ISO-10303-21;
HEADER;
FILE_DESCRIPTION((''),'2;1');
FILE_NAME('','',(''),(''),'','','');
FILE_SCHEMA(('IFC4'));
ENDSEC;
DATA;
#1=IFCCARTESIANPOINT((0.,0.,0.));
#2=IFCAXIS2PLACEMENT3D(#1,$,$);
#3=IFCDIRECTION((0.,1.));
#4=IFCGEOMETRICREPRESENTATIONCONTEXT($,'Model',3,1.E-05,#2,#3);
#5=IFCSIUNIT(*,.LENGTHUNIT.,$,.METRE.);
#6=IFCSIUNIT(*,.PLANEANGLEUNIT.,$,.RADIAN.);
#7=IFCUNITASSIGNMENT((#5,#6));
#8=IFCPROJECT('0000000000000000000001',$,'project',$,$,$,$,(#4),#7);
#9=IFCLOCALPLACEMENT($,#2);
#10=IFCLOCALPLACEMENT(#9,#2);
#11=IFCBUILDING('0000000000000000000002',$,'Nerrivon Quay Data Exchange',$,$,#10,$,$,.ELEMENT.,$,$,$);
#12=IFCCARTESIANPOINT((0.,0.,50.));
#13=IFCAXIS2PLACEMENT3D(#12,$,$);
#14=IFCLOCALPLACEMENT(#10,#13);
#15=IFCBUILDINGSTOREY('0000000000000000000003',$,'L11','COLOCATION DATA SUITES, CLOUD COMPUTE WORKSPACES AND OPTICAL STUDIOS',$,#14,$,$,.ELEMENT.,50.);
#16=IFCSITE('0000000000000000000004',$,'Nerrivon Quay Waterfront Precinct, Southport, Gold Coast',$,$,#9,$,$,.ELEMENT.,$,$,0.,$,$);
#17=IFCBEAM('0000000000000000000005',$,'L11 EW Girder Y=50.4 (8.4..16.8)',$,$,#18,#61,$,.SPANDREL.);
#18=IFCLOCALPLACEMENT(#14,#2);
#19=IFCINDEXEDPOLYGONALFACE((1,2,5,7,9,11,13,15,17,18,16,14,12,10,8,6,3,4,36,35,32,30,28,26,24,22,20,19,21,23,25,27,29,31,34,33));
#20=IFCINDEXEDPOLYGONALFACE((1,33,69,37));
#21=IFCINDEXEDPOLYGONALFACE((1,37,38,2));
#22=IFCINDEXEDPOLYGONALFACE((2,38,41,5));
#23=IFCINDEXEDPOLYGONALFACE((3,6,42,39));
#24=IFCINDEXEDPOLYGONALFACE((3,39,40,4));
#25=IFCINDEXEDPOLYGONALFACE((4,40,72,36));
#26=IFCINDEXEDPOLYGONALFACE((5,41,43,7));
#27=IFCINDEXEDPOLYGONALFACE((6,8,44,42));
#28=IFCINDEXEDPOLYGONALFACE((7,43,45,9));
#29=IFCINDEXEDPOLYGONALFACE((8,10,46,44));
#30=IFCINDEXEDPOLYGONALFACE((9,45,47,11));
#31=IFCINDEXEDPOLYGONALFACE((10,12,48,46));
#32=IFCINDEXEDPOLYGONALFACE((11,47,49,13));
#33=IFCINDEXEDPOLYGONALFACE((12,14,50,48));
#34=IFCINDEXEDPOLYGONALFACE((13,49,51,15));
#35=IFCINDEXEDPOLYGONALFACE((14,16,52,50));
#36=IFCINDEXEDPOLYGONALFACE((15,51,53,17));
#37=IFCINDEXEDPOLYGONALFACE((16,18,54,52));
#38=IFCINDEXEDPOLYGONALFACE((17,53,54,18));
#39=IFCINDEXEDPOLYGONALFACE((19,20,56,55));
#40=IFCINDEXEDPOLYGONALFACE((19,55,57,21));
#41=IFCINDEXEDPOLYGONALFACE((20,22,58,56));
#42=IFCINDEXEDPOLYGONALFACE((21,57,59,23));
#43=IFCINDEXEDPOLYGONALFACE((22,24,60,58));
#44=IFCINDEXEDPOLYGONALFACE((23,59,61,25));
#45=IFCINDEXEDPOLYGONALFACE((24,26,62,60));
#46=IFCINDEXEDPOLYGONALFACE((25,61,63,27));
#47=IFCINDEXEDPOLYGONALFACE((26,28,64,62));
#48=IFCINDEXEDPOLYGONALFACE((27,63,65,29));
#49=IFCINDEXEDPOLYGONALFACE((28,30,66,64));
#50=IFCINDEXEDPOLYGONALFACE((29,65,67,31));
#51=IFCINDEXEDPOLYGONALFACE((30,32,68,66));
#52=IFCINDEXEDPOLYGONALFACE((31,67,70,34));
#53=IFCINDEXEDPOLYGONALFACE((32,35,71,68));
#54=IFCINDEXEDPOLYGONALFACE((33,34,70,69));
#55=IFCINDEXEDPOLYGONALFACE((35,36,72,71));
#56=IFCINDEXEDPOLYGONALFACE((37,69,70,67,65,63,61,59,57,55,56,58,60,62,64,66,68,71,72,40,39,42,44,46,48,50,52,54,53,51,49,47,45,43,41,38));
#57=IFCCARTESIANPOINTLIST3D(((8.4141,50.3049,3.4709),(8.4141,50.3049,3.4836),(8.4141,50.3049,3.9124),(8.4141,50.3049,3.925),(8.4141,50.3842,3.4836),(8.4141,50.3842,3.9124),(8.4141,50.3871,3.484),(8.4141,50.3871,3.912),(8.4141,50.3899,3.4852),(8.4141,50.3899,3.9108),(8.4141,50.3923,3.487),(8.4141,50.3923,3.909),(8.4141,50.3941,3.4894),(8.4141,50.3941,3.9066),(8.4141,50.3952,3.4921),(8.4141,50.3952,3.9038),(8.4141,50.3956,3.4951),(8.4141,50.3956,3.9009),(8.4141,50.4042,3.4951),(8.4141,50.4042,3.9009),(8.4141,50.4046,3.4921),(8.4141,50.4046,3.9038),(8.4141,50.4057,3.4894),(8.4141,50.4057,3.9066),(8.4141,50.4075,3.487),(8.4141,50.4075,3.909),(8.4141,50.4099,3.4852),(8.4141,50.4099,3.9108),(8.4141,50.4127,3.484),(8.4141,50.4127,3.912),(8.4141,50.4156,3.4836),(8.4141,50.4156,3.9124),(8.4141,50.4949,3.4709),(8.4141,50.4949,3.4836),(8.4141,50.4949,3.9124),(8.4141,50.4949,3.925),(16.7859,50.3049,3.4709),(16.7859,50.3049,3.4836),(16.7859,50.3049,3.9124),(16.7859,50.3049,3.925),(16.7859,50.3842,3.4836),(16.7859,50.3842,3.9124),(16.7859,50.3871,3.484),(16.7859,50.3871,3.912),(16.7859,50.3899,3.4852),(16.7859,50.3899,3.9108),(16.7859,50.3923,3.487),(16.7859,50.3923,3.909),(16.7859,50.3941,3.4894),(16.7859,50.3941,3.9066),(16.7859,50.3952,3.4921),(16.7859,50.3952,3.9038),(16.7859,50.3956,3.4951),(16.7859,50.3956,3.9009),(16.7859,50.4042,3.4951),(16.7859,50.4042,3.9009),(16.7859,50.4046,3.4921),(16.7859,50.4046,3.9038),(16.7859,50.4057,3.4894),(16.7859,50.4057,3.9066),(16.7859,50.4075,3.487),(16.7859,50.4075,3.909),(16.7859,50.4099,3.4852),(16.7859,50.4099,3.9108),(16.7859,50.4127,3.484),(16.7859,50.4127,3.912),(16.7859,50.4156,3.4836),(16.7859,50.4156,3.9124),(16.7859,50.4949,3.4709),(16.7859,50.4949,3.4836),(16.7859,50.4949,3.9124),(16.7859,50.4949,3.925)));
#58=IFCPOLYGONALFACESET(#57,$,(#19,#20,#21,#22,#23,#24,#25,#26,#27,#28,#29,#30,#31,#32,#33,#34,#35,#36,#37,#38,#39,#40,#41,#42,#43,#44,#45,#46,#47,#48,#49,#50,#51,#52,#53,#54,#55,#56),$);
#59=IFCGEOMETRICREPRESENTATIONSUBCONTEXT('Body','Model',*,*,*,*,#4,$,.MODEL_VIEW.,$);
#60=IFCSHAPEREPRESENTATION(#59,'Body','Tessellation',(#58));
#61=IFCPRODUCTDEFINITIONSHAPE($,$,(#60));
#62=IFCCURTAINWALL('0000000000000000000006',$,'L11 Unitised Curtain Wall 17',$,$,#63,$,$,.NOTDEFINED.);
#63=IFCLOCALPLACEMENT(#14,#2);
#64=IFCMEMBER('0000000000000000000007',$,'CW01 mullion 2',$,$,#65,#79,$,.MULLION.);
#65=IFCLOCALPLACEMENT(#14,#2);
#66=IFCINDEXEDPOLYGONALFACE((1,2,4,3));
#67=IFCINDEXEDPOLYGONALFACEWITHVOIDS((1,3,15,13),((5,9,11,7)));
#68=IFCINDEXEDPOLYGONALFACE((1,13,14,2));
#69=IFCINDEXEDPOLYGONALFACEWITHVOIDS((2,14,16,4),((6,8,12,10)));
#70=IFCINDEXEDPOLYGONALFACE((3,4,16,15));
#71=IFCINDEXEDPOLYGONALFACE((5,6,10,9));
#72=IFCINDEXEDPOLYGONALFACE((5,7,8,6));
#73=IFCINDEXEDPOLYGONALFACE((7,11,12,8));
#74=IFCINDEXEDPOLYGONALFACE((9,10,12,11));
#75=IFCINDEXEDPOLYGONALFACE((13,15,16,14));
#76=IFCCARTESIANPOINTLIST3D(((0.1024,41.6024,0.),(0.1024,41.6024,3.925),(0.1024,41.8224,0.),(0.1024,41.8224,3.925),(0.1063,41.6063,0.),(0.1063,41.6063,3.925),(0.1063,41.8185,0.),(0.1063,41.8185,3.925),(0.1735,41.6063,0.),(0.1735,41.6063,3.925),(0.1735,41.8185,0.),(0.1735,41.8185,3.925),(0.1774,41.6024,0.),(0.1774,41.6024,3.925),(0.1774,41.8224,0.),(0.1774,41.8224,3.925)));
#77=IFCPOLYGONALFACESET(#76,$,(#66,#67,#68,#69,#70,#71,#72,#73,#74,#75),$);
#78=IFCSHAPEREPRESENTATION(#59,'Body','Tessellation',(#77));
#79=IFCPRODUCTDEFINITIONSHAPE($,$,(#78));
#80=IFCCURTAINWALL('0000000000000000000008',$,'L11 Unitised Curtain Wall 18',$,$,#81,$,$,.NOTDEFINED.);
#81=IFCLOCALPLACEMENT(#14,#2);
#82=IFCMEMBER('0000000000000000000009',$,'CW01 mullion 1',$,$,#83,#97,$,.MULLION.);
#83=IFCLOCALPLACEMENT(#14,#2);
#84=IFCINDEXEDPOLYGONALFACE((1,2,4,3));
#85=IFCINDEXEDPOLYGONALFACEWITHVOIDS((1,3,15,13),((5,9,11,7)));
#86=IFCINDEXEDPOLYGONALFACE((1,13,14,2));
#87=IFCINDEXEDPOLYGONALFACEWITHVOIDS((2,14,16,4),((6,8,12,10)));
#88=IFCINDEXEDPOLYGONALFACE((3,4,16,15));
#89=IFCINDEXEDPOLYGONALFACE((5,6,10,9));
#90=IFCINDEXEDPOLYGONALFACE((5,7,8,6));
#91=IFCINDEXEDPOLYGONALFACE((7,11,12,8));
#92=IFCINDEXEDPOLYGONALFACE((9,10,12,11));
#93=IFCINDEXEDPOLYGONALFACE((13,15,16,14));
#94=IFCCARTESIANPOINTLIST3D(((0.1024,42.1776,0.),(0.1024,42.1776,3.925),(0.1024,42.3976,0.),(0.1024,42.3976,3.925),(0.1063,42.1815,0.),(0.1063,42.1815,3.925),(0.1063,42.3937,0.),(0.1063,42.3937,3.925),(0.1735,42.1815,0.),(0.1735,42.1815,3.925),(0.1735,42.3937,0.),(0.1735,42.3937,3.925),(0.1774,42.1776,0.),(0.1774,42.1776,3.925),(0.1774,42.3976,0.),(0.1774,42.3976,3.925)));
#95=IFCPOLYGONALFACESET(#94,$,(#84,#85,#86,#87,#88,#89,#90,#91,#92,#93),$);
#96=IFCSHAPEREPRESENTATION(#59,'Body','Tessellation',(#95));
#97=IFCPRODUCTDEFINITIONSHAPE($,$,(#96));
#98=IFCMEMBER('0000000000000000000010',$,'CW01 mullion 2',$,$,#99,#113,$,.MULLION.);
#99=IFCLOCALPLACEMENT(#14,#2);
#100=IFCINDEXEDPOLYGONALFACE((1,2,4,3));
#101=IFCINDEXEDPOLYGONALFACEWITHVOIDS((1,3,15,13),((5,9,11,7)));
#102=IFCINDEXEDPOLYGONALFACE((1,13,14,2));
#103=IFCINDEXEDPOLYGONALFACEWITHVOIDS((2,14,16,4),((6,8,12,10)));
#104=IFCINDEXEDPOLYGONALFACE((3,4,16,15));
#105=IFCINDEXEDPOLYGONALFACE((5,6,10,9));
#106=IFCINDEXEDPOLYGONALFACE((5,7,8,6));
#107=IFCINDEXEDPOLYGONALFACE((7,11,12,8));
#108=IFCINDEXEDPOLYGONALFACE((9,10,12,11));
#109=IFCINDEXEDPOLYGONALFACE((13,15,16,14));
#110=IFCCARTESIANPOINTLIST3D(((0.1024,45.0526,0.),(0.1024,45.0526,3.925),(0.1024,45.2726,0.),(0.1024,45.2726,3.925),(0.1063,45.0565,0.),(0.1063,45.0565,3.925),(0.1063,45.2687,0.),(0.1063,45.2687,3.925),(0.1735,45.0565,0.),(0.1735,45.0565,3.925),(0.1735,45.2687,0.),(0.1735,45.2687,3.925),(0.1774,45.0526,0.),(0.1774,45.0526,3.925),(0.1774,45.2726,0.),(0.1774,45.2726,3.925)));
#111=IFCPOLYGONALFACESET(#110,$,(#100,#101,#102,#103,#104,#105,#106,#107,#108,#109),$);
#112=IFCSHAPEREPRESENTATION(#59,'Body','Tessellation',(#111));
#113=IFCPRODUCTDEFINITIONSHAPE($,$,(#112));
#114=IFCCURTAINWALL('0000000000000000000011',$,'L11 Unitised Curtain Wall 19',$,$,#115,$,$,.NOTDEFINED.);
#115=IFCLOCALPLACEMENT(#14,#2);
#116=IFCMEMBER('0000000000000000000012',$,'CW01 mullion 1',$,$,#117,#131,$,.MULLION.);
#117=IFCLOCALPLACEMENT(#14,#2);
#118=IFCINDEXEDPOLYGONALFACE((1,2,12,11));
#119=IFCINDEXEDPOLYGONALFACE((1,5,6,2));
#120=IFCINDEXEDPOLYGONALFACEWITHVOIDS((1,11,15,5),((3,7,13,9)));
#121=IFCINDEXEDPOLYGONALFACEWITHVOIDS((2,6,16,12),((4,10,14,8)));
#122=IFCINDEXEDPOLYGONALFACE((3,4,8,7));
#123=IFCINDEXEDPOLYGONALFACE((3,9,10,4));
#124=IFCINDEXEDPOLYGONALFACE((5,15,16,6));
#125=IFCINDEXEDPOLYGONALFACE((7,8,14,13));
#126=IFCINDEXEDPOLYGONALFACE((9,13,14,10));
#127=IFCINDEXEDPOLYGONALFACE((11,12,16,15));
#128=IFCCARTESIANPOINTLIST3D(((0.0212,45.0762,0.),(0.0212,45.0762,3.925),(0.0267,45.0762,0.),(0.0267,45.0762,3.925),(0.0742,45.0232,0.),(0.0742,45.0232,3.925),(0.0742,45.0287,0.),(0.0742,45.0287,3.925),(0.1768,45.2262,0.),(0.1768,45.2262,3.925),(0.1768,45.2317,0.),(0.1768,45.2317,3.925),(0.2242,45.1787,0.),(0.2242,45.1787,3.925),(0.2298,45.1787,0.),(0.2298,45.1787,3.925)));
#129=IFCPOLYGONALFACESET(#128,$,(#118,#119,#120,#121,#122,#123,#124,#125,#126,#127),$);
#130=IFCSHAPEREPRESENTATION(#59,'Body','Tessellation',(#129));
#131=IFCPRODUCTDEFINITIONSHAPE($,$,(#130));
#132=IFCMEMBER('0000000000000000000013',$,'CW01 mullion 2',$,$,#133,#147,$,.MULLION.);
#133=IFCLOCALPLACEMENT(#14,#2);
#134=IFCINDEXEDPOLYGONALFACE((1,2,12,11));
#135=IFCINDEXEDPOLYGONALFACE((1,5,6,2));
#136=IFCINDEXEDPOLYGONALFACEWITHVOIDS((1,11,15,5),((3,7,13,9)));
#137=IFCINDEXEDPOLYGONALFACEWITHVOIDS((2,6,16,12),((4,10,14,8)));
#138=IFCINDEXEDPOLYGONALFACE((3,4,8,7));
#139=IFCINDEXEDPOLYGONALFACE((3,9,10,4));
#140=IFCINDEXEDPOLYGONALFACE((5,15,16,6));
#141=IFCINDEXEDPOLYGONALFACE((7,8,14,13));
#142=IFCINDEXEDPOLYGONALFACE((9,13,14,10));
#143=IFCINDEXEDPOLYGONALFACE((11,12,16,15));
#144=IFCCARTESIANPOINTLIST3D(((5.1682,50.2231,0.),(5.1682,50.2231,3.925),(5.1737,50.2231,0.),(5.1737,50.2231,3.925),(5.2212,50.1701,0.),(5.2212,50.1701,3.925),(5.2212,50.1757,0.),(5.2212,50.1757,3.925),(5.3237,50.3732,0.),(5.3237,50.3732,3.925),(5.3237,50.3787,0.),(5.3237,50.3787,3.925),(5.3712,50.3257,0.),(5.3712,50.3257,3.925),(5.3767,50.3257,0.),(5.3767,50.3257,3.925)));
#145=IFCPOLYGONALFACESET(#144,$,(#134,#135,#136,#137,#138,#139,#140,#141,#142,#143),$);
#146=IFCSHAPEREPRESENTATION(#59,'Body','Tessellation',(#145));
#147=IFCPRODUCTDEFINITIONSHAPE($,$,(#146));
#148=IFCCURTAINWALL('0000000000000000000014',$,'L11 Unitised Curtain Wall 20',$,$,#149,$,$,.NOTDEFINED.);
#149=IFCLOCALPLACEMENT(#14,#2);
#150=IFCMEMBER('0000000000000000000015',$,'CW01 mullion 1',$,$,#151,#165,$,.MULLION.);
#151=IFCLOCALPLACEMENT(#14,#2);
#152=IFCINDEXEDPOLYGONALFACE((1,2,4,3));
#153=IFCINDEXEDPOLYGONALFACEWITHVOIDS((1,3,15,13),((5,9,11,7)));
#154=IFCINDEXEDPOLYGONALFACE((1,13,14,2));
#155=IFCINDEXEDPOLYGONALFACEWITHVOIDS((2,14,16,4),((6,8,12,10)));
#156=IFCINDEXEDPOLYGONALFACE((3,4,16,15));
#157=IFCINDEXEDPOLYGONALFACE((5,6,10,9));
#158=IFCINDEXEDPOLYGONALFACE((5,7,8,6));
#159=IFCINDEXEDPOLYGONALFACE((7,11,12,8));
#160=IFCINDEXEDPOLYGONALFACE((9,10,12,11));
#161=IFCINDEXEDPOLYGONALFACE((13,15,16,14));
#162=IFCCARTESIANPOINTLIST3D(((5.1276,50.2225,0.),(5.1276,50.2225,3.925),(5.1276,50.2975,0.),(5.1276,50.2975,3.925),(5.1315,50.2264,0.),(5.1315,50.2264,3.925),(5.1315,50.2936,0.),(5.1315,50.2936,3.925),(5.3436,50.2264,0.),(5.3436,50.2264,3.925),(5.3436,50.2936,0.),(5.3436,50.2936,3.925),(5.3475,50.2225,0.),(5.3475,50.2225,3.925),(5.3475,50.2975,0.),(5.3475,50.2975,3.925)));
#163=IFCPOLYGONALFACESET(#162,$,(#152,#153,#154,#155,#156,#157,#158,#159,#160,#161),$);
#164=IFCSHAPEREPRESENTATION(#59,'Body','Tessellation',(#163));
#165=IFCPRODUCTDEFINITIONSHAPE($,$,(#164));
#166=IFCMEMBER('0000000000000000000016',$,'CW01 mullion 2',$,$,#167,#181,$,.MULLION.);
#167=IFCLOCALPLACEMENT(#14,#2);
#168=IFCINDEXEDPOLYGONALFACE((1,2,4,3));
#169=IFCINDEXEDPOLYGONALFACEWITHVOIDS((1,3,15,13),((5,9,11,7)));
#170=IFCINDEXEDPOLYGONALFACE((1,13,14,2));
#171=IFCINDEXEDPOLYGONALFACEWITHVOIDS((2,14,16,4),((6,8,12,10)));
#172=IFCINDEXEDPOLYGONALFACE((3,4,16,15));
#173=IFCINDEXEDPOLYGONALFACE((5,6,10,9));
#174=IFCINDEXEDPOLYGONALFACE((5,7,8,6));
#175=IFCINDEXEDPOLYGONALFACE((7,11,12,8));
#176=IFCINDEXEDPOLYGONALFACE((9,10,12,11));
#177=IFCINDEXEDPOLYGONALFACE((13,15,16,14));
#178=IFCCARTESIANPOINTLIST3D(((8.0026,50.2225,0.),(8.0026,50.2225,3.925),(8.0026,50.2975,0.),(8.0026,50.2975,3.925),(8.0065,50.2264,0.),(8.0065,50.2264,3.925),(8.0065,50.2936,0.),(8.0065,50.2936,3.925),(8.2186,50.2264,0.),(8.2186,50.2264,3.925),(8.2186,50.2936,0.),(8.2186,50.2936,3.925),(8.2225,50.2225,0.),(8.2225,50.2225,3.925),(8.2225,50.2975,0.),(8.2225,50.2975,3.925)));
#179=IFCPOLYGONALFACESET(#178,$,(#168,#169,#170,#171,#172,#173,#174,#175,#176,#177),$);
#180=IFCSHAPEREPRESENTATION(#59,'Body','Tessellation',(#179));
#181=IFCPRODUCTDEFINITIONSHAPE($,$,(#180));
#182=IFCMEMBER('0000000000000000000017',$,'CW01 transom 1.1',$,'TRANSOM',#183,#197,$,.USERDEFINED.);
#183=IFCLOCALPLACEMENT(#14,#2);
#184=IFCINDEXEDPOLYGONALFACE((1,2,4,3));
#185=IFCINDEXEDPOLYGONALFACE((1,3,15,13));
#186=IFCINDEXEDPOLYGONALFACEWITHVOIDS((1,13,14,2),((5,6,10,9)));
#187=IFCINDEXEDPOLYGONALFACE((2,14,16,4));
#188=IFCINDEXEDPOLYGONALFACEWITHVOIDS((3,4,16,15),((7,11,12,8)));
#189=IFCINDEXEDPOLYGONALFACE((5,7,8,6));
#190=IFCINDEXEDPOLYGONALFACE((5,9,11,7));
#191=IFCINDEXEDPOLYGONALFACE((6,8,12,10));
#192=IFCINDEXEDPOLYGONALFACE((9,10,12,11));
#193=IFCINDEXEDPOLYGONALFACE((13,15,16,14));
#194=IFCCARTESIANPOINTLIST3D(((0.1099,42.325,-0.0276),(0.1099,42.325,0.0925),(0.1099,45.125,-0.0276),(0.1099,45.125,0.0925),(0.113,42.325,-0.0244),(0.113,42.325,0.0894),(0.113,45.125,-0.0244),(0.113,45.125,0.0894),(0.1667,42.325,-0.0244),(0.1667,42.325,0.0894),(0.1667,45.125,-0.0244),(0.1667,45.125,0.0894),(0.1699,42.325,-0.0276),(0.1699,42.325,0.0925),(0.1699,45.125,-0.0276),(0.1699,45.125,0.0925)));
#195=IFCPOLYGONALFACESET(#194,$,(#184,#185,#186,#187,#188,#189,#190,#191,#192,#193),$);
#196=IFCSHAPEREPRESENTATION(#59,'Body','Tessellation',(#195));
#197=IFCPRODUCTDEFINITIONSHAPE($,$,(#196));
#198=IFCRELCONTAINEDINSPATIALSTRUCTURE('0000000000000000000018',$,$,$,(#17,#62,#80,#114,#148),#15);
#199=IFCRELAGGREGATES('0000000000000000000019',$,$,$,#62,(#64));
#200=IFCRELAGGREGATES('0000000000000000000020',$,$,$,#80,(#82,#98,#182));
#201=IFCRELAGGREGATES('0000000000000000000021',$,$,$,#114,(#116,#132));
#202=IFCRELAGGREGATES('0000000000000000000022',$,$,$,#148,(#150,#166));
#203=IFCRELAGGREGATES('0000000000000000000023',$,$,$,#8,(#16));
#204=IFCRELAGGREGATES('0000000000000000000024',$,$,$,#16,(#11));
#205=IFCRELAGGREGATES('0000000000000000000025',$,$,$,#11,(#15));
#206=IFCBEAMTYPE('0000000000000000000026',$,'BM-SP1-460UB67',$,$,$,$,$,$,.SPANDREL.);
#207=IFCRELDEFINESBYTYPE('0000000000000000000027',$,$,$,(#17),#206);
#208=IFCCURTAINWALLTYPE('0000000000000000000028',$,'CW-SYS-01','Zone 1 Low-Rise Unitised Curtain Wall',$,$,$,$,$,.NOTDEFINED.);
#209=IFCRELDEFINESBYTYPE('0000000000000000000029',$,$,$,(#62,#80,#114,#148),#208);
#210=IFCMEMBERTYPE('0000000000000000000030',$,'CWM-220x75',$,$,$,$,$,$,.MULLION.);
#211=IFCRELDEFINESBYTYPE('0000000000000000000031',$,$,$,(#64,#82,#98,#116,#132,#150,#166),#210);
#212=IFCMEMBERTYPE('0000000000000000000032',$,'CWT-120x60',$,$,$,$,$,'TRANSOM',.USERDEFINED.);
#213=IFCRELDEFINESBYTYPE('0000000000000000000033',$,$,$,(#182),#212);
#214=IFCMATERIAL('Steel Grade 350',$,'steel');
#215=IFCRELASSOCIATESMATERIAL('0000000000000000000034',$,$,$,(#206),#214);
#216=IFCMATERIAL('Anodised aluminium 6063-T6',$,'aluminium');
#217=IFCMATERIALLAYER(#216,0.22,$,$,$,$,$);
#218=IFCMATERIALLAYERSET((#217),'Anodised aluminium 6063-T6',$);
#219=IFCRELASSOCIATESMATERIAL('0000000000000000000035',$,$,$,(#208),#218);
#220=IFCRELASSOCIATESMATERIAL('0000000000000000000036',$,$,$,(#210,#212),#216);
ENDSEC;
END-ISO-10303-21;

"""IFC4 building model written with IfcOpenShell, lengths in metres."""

from ifc_helpers import new_model, si_unit, direction, frame, origin, origin_2d, place, context, subcontext, project, spatial, hollow_rectangle, i_section, extrude, material, layer, layer_set, material_profile, profile_set, type_object, element, aggregate, save


model = new_model("IFC4")

# Units and contexts
model_context = context("Model", 3, precision=1e-05, world=origin(), true_north=direction((0.0, 1.0)))
body_context = subcontext(model_context, "Body", "Model", "MODEL_VIEW")
ifc_project = project(units=[si_unit("LENGTHUNIT", "METRE"), si_unit("PLANEANGLEUNIT", "RADIAN")], contexts=[model_context])

# Site, building, storey
site_placement = place(None, origin())
site = spatial("IfcSite", under=ifc_project, at=site_placement, Name="Nerrivon Quay Waterfront Precinct, Southport, Gold Coast", CompositionType="ELEMENT", RefElevation=0.0)
building_placement = place(site_placement, origin())
building = spatial("IfcBuilding", under=site, at=building_placement, Name="Nerrivon Quay Data Exchange", CompositionType="ELEMENT")
storey_placement = place(building_placement, frame((0.0, 0.0, 50.0)))
storey = spatial("IfcBuildingStorey", under=building, at=storey_placement, Name="L11", Description="COLOCATION DATA SUITES, CLOUD COMPUTE WORKSPACES AND OPTICAL STUDIOS", CompositionType="ELEMENT", Elevation=50.0)

# Shared definitions
ifc_material_1 = material(Name="Steel Grade 350", Category="steel")

# Beam
ifc_material_profile_1 = material_profile(ifc_material_1, i_section(OverallWidth=0.1899, OverallDepth=0.4541, WebThickness=0.0085, FlangeThickness=0.0127, FilletRadius=0.0115, at=origin_2d()), Name="460UB67.1")
ifc_profile_set_1 = profile_set([ifc_material_profile_1], Name="Steel Grade 350")
beam_type_1 = type_object("IfcBeamType", Name="BM-SP1-460UB67", PredefinedType="SPANDREL", material=ifc_profile_set_1)
beam_1_placement = place(storey_placement, frame((8.4141, 50.3999, 3.698), z_axis=(1.0, 0.0, 0.0), x_axis=(0.0, 1.0, 0.0)))
element("IfcBeam", 1, at=beam_1_placement, inside=storey, type_object=beam_type_1, Name="L11 EW Girder Y=50.4 (8.4..16.8)", PredefinedType="SPANDREL", context=body_context, shape_type="SweptSolid", body=[
    extrude(i_section(OverallWidth=0.1899, OverallDepth=0.4541, WebThickness=0.0085, FlangeThickness=0.0127, FilletRadius=0.0115, at=origin_2d()), origin(), (0.0, 0.0, 1.0), 8.3718),
])

# Curtain wall, member
ifc_material_2 = material(Name="Anodised aluminium 6063-T6", Category="aluminium")
ifc_layer_1 = layer(ifc_material_2, 0.22)
ifc_layer_set_1 = layer_set([ifc_layer_1], Name="Anodised aluminium 6063-T6")
curtain_wall_type = type_object("IfcCurtainWallType", Name="CW-SYS-01", Description="Zone 1 Low-Rise Unitised Curtain Wall", PredefinedType="NOTDEFINED", material=ifc_layer_set_1)
curtain_wall_1_placement = place(storey_placement, origin())
curtain_wall_1 = element("IfcCurtainWall", 2, at=curtain_wall_1_placement, inside=storey, type_object=curtain_wall_type, Name="L11 Unitised Curtain Wall 17", PredefinedType="NOTDEFINED")
ifc_material_profile_2 = material_profile(ifc_material_2, hollow_rectangle(XDim=0.075, YDim=0.22, WallThickness=0.0039, at=origin_2d()), Name="ALU-MULL-220x75")
ifc_profile_set_2 = profile_set([ifc_material_profile_2], Name="Anodised aluminium 6063-T6")
member_type_1 = type_object("IfcMemberType", Name="CWM-220x75", PredefinedType="MULLION", material=ifc_profile_set_2)
member_1_placement = place(storey_placement, frame((0.1399, 41.7124, 0.0), z_axis=(0.0, 0.0, 1.0), x_axis=(-1.0, 0.0, 0.0)))
member_1 = element("IfcMember", 3, at=member_1_placement, type_object=member_type_1, Name="CW01 mullion 2", PredefinedType="MULLION", context=body_context, shape_type="SweptSolid", body=[
    extrude(hollow_rectangle(XDim=0.075, YDim=0.22, WallThickness=0.0039, at=origin_2d()), origin(), (0.0, 0.0, 1.0), 3.925),
])

# Curtain walls, members
curtain_wall_2_placement = place(storey_placement, origin())
curtain_wall_2 = element("IfcCurtainWall", 4, at=curtain_wall_2_placement, inside=storey, type_object=curtain_wall_type, Name="L11 Unitised Curtain Wall 18", PredefinedType="NOTDEFINED")
member_2_placement = place(storey_placement, frame((0.1399, 42.2876, 0.0), z_axis=(0.0, 0.0, 1.0), x_axis=(-1.0, 0.0, 0.0)))
member_2 = element("IfcMember", 5, at=member_2_placement, type_object=member_type_1, Name="CW01 mullion 1", PredefinedType="MULLION", context=body_context, shape_type="SweptSolid", body=[
    extrude(hollow_rectangle(XDim=0.075, YDim=0.22, WallThickness=0.0039, at=origin_2d()), origin(), (0.0, 0.0, 1.0), 3.925),
])
member_3_placement = place(storey_placement, frame((0.1399, 45.1626, 0.0), z_axis=(0.0, 0.0, 1.0), x_axis=(-1.0, 0.0, 0.0)))
member_3 = element("IfcMember", 6, at=member_3_placement, type_object=member_type_1, Name="CW01 mullion 2", PredefinedType="MULLION", context=body_context, shape_type="SweptSolid", body=[
    extrude(hollow_rectangle(XDim=0.075, YDim=0.22, WallThickness=0.0039, at=origin_2d()), origin(), (0.0, 0.0, 1.0), 3.925),
])
curtain_wall_3_placement = place(storey_placement, origin())
curtain_wall_3 = element("IfcCurtainWall", 7, at=curtain_wall_3_placement, inside=storey, type_object=curtain_wall_type, Name="L11 Unitised Curtain Wall 19", PredefinedType="NOTDEFINED")
member_4_placement = place(storey_placement, frame((0.1255, 45.1274, 0.0), z_axis=(0.0, 0.0, 1.0), x_axis=(-0.707107, 0.707107, 0.0)))
member_4 = element("IfcMember", 8, at=member_4_placement, type_object=member_type_1, Name="CW01 mullion 1", PredefinedType="MULLION", context=body_context, shape_type="SweptSolid", body=[
    extrude(hollow_rectangle(XDim=0.075, YDim=0.22, WallThickness=0.0039, at=origin_2d()), origin(), (0.0, 0.0, 1.0), 3.925),
])
member_5_placement = place(storey_placement, frame((5.2725, 50.2744, 0.0), z_axis=(0.0, 0.0, 1.0), x_axis=(-0.707107, 0.707107, 0.0)))
member_5 = element("IfcMember", 9, at=member_5_placement, type_object=member_type_1, Name="CW01 mullion 2", PredefinedType="MULLION", context=body_context, shape_type="SweptSolid", body=[
    extrude(hollow_rectangle(XDim=0.075, YDim=0.22, WallThickness=0.0039, at=origin_2d()), origin(), (0.0, 0.0, 1.0), 3.925),
])
curtain_wall_4_placement = place(storey_placement, origin())
curtain_wall_4 = element("IfcCurtainWall", 10, at=curtain_wall_4_placement, inside=storey, type_object=curtain_wall_type, Name="L11 Unitised Curtain Wall 20", PredefinedType="NOTDEFINED")
member_6_placement = place(storey_placement, frame((5.2375, 50.26, 0.0), z_axis=(0.0, 0.0, 1.0), x_axis=(0.0, 1.0, 0.0)))
member_6 = element("IfcMember", 11, at=member_6_placement, type_object=member_type_1, Name="CW01 mullion 1", PredefinedType="MULLION", context=body_context, shape_type="SweptSolid", body=[
    extrude(hollow_rectangle(XDim=0.075, YDim=0.22, WallThickness=0.0039, at=origin_2d()), origin(), (0.0, 0.0, 1.0), 3.925),
])
member_7_placement = place(storey_placement, frame((8.1125, 50.26, 0.0), z_axis=(0.0, 0.0, 1.0), x_axis=(0.0, 1.0, 0.0)))
member_7 = element("IfcMember", 12, at=member_7_placement, type_object=member_type_1, Name="CW01 mullion 2", PredefinedType="MULLION", context=body_context, shape_type="SweptSolid", body=[
    extrude(hollow_rectangle(XDim=0.075, YDim=0.22, WallThickness=0.0039, at=origin_2d()), origin(), (0.0, 0.0, 1.0), 3.925),
])

# Member
ifc_material_profile_3 = material_profile(ifc_material_2, hollow_rectangle(XDim=0.0601, YDim=0.1201, WallThickness=0.0032, at=origin_2d()), Name="ALU-TRAN-120x60")
ifc_profile_set_3 = profile_set([ifc_material_profile_3], Name="Anodised aluminium 6063-T6")
member_type_2 = type_object("IfcMemberType", Name="CWT-120x60", ElementType="TRANSOM", PredefinedType="USERDEFINED", material=ifc_profile_set_3)
member_8_placement = place(storey_placement, frame((0.1399, 42.325, 0.0325), z_axis=(0.0, 1.0, 0.0), x_axis=(-1.0, 0.0, 0.0)))
member_8 = element("IfcMember", 13, at=member_8_placement, type_object=member_type_2, Name="CW01 transom 1.1", ObjectType="TRANSOM", PredefinedType="USERDEFINED", context=body_context, shape_type="SweptSolid", body=[
    extrude(hollow_rectangle(XDim=0.0601, YDim=0.1201, WallThickness=0.0032, at=origin_2d()), origin(), (0.0, 0.0, 1.0), 2.8),
])

aggregate(curtain_wall_1, [member_1])
aggregate(curtain_wall_2, [member_2, member_3, member_8])
aggregate(curtain_wall_3, [member_4, member_5])
aggregate(curtain_wall_4, [member_6, member_7])

save(model, "model.ifc")
